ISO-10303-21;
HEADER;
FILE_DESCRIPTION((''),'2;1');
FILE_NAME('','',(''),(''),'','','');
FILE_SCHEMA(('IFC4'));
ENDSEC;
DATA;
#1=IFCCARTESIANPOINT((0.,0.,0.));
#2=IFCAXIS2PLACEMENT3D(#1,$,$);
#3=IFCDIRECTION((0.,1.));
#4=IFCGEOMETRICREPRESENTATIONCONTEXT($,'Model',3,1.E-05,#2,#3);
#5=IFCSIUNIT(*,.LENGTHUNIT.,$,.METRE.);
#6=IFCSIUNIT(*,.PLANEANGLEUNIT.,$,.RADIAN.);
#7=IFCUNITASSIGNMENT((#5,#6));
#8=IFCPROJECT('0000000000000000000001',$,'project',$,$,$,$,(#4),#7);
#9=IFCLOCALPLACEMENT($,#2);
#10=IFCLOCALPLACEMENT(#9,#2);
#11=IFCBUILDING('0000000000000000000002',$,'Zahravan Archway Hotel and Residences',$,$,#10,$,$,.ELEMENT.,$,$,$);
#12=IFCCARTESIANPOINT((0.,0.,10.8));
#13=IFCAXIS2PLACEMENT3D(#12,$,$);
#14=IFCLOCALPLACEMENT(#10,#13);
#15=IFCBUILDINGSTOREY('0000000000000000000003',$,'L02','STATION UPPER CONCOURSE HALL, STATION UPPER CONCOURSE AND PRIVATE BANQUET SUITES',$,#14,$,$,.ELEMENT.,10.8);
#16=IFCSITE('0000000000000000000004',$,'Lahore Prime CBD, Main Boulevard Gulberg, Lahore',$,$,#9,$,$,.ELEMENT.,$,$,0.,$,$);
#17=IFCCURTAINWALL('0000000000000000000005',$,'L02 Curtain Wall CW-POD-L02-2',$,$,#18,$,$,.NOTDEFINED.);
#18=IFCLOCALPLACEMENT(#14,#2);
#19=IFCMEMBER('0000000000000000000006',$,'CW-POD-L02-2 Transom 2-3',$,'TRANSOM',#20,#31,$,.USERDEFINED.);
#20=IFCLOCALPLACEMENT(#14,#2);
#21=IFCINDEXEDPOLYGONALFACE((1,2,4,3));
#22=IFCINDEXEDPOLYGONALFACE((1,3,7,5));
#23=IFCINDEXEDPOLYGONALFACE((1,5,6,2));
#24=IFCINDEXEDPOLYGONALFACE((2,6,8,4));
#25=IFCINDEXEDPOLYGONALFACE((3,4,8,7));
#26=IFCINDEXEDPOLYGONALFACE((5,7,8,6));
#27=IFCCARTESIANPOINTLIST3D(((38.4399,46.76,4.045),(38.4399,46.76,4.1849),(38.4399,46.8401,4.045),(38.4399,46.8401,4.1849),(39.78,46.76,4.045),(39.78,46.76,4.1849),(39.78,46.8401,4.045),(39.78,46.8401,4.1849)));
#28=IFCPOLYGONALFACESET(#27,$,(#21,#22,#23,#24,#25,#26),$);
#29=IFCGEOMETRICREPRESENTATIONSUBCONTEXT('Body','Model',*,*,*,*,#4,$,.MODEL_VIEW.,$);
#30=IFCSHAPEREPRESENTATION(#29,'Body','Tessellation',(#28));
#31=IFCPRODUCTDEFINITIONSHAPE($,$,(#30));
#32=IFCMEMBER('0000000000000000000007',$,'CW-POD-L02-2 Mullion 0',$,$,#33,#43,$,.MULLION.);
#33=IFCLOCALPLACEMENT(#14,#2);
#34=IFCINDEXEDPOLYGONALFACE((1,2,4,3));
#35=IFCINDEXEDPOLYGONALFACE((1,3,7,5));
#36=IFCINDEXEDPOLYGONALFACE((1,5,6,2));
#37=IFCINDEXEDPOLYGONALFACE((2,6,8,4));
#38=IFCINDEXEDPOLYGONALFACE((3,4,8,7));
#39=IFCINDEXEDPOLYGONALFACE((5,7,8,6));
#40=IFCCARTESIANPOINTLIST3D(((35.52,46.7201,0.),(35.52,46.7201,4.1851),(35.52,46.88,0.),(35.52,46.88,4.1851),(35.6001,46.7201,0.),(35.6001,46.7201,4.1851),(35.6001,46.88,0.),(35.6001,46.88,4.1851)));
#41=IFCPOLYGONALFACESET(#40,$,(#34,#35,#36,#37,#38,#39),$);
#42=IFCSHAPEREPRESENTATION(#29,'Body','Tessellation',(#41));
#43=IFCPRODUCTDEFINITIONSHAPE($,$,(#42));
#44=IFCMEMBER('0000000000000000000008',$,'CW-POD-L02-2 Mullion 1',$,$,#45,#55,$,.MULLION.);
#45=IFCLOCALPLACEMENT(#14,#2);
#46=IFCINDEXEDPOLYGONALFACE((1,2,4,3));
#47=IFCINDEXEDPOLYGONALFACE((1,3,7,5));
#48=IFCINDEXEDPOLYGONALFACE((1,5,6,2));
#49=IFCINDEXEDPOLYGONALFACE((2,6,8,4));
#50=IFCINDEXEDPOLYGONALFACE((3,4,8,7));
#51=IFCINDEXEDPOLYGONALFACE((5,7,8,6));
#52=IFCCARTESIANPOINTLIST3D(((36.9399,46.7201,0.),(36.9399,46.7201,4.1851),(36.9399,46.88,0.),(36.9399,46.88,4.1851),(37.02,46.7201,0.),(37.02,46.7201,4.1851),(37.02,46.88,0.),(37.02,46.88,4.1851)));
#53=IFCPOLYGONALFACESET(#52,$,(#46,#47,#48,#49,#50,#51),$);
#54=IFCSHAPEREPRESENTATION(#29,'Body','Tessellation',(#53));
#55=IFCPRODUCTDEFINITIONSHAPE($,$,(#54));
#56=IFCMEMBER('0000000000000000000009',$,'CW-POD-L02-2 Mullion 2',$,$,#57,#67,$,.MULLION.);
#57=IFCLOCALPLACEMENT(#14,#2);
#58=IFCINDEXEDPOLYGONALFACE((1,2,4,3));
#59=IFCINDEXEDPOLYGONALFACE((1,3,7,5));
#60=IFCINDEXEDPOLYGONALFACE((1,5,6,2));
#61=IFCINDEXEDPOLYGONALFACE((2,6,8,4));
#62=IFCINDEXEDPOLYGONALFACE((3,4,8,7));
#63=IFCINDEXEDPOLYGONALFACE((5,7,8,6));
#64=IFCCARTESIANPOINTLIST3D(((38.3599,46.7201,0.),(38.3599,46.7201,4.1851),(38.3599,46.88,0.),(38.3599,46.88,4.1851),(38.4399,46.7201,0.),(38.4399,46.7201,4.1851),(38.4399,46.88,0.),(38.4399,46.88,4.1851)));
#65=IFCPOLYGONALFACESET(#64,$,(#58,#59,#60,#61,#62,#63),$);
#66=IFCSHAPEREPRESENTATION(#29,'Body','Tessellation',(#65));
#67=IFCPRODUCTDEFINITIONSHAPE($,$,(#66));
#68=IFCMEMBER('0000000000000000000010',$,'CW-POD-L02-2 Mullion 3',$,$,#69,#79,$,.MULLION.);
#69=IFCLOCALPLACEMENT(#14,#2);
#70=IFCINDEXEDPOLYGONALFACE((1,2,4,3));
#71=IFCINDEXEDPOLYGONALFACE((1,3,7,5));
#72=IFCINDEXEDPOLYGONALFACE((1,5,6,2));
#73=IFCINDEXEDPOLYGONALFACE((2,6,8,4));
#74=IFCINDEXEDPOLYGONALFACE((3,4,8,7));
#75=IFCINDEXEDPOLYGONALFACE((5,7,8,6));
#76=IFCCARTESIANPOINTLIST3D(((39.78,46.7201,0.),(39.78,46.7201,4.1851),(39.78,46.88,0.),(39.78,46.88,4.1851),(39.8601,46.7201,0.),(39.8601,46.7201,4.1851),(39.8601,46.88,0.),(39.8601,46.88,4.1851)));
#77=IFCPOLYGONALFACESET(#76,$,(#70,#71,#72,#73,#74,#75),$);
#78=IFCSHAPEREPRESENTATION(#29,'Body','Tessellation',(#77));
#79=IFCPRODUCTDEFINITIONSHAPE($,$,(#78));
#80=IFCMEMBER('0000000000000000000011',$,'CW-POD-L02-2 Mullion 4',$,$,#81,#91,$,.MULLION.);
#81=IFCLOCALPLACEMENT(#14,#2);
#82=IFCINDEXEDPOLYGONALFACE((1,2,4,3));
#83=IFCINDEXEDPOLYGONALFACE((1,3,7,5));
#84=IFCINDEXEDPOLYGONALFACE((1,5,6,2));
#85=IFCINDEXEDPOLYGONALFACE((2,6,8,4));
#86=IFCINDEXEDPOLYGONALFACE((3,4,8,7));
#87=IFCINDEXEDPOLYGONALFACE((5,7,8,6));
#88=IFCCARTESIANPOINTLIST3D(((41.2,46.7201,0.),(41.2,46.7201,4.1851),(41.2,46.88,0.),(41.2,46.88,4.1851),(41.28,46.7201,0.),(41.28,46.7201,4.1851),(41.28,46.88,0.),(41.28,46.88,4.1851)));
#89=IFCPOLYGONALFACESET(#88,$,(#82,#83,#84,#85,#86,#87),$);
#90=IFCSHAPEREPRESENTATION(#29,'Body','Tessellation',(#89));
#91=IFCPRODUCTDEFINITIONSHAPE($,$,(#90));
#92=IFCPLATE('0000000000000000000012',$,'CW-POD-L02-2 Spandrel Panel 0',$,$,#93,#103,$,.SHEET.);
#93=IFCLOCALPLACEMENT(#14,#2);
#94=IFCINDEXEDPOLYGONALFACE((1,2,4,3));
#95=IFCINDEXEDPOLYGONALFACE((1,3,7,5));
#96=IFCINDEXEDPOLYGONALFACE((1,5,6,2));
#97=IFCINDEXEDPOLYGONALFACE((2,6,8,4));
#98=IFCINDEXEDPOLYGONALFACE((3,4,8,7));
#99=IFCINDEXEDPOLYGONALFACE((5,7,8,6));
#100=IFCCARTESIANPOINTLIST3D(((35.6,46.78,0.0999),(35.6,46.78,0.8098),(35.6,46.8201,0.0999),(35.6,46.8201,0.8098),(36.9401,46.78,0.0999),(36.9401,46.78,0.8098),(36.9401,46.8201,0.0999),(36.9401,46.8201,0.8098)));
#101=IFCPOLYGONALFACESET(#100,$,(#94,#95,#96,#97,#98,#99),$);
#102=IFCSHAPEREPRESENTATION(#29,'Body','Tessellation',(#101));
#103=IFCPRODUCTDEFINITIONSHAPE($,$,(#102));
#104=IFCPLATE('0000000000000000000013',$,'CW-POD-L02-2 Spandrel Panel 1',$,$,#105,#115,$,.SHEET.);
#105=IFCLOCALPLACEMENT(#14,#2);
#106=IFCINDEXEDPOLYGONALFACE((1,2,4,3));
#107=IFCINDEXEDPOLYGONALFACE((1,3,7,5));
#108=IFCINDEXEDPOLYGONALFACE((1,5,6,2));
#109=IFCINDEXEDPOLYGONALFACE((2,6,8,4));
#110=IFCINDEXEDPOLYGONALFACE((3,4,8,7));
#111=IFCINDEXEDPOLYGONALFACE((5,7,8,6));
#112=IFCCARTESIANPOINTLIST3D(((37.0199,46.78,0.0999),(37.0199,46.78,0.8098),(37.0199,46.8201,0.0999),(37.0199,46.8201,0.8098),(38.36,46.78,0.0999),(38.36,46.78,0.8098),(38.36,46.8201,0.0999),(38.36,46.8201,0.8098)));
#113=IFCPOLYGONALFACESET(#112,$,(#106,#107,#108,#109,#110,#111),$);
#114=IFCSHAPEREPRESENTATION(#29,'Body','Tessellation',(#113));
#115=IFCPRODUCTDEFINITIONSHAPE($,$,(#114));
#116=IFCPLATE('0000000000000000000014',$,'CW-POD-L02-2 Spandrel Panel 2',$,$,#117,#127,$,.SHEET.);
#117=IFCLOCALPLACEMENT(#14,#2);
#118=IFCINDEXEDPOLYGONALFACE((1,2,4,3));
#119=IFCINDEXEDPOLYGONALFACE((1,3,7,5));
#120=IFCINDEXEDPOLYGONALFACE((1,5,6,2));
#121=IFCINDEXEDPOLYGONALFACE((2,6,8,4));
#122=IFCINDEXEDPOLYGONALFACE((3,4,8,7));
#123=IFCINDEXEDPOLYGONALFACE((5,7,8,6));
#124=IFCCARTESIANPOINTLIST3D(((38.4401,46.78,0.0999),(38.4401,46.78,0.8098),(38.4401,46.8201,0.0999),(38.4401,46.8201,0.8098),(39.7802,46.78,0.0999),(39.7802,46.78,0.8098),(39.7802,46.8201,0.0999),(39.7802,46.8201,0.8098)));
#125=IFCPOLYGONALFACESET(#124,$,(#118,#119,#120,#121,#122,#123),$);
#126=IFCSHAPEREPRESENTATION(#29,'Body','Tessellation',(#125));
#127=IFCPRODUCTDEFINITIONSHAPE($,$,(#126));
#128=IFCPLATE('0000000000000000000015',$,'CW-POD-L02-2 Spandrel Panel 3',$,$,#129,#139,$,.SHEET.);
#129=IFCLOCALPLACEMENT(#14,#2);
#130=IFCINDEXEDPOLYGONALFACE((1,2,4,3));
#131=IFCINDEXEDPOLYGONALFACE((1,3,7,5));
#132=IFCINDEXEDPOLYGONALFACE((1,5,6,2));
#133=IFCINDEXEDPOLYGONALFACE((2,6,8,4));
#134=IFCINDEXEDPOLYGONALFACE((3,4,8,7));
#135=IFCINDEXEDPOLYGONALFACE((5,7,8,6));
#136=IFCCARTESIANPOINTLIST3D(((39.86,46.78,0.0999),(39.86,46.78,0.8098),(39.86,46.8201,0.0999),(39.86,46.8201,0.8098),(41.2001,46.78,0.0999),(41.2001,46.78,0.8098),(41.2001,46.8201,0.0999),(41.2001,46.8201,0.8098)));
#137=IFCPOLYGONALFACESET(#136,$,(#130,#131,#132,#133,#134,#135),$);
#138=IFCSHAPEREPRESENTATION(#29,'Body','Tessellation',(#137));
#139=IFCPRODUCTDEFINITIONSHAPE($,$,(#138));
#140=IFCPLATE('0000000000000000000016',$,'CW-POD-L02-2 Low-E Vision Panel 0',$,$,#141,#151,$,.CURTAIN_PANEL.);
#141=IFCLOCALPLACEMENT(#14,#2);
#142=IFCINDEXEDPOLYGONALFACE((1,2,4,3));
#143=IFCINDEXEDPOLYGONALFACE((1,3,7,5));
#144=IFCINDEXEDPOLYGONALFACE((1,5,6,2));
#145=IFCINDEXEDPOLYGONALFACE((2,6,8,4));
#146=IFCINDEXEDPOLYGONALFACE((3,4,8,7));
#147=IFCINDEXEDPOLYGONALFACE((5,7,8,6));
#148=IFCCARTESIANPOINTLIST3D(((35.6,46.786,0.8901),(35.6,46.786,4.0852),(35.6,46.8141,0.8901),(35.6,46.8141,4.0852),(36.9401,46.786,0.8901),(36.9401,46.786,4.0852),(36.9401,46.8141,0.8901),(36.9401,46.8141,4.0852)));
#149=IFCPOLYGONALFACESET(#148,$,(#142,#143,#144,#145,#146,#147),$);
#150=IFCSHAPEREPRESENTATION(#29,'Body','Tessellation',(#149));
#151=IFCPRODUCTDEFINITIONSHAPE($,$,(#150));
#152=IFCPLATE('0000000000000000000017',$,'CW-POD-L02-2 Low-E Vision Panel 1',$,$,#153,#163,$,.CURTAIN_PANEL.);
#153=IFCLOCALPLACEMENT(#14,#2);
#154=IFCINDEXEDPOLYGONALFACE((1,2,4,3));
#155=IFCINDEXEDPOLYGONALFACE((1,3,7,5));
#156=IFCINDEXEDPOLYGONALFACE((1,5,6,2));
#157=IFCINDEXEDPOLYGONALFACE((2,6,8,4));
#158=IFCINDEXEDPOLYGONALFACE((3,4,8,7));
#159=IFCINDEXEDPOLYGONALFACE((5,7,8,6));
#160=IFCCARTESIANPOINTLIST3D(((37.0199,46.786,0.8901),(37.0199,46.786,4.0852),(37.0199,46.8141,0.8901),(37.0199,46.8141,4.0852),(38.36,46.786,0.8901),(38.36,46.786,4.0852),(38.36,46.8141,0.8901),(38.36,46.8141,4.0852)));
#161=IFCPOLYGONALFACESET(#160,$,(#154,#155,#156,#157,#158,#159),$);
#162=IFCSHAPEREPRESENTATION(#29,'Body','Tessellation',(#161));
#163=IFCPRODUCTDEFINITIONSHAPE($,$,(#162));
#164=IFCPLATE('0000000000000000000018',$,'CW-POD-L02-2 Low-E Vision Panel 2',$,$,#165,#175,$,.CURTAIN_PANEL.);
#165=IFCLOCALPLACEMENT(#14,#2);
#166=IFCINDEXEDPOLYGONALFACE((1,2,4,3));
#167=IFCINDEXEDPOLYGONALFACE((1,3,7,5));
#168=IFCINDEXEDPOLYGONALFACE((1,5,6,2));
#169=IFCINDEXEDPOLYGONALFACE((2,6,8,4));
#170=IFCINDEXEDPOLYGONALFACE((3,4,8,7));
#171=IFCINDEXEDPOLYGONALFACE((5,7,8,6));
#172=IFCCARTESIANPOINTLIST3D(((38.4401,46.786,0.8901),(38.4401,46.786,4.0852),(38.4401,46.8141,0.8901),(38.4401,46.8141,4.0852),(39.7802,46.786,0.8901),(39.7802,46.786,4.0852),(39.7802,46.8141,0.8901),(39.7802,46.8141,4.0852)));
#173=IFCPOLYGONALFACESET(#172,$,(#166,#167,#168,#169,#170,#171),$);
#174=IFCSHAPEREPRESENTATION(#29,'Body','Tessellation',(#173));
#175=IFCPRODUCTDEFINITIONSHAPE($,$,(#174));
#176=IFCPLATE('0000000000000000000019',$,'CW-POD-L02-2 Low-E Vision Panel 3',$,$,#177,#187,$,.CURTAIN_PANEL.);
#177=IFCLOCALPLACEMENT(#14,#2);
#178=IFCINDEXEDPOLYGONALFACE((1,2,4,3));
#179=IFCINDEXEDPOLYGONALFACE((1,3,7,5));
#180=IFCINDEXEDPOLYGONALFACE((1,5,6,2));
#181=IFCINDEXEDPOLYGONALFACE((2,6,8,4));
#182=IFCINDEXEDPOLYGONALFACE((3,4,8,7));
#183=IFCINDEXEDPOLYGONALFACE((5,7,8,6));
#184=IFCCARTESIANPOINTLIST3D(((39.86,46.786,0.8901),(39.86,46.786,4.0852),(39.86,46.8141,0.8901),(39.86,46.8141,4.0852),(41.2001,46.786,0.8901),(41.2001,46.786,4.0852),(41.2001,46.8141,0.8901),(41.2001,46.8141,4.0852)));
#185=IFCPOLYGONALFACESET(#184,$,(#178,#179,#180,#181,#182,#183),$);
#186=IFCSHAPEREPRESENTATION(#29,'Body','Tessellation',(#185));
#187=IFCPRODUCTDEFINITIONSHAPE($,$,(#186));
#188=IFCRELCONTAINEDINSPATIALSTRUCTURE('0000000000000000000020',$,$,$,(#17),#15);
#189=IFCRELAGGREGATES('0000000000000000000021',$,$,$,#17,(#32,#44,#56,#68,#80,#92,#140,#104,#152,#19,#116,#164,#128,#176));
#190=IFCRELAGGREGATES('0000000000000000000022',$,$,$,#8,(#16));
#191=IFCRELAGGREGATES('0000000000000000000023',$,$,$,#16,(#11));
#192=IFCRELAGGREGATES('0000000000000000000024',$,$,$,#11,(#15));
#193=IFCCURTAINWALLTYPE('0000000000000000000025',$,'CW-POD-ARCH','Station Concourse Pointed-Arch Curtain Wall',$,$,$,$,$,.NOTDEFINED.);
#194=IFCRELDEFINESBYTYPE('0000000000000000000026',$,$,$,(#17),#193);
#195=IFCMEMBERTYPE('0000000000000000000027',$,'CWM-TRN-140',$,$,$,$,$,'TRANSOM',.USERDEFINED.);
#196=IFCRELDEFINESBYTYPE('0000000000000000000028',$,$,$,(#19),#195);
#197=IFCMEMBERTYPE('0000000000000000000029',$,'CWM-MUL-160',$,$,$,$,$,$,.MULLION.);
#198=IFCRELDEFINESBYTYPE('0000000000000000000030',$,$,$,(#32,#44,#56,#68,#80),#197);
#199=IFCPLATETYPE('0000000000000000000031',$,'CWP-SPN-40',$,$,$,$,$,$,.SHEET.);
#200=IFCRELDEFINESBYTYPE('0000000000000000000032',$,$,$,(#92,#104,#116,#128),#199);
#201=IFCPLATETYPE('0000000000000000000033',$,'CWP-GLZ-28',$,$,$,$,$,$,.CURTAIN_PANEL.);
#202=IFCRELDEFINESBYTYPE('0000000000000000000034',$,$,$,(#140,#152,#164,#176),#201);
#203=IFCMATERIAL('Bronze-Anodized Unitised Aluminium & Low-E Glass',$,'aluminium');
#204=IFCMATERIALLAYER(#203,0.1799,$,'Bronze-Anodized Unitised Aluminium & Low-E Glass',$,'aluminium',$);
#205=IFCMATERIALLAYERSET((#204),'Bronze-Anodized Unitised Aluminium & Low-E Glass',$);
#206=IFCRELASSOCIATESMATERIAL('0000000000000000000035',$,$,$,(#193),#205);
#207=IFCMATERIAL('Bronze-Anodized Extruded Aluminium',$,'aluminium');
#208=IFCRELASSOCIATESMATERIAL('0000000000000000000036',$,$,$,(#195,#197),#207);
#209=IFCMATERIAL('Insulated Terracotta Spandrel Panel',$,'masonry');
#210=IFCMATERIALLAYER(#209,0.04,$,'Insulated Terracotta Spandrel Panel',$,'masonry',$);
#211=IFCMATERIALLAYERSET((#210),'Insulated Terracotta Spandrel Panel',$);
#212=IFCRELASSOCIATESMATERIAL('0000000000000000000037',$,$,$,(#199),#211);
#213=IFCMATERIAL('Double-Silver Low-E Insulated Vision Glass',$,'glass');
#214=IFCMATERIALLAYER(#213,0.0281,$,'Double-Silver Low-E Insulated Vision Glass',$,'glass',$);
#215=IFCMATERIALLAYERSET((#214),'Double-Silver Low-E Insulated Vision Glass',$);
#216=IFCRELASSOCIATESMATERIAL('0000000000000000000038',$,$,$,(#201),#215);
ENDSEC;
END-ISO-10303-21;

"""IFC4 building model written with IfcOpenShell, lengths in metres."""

from ifc_helpers import new_model, si_unit, direction, frame, origin, origin_2d, place, context, subcontext, project, spatial, rectangle, extrude, source, transform, mapped, material, layer, layer_set, material_profile, profile_set, type_object, element, aggregate, save


model = new_model("IFC4")

# Units and contexts
model_context = context("Model", 3, precision=1e-05, world=origin(), true_north=direction((0.0, 1.0)))
body_context = subcontext(model_context, "Body", "Model", "MODEL_VIEW")
ifc_project = project(units=[si_unit("LENGTHUNIT", "METRE"), si_unit("PLANEANGLEUNIT", "RADIAN")], contexts=[model_context])

# Site, building, storey
site_placement = place(None, origin())
site = spatial("IfcSite", under=ifc_project, at=site_placement, Name="Lahore Prime CBD, Main Boulevard Gulberg, Lahore", CompositionType="ELEMENT", RefElevation=0.0)
building_placement = place(site_placement, origin())
building = spatial("IfcBuilding", under=site, at=building_placement, Name="Zahravan Archway Hotel and Residences", CompositionType="ELEMENT")
storey_placement = place(building_placement, frame((0.0, 0.0, 10.8)))
storey = spatial("IfcBuildingStorey", under=building, at=storey_placement, Name="L02", Description="STATION UPPER CONCOURSE HALL, STATION UPPER CONCOURSE AND PRIVATE BANQUET SUITES", CompositionType="ELEMENT", Elevation=10.8)

# Curtain wall, members, plates
ifc_material_1 = material(Name="Bronze-Anodized Unitised Aluminium & Low-E Glass", Category="aluminium")
ifc_layer_1 = layer(ifc_material_1, 0.1799, Name="Bronze-Anodized Unitised Aluminium & Low-E Glass", Category="aluminium")
ifc_layer_set_1 = layer_set([ifc_layer_1], Name="Bronze-Anodized Unitised Aluminium & Low-E Glass")
curtain_wall_type = type_object("IfcCurtainWallType", Name="CW-POD-ARCH", Description="Station Concourse Pointed-Arch Curtain Wall", PredefinedType="NOTDEFINED", material=ifc_layer_set_1)
curtain_wall_placement = place(storey_placement, origin())
curtain_wall = element("IfcCurtainWall", 1, at=curtain_wall_placement, inside=storey, type_object=curtain_wall_type, Name="L02 Curtain Wall CW-POD-L02-2", PredefinedType="NOTDEFINED")
ifc_material_2 = material(Name="Bronze-Anodized Extruded Aluminium", Category="aluminium")
ifc_material_profile_1 = material_profile(ifc_material_2, rectangle(XDim=0.0801, YDim=0.1399, at=origin_2d()), Name="TRN 80x140", Category="aluminium")
ifc_profile_set_1 = profile_set([ifc_material_profile_1], Name="Bronze-Anodized Extruded Aluminium")
member_type_1 = type_object("IfcMemberType", Name="CWM-TRN-140", ElementType="TRANSOM", PredefinedType="USERDEFINED", material=ifc_profile_set_1)
shared_shape_1 = source(origin(), body_context, "Body", "SweptSolid", [
    extrude(rectangle(XDim=0.0801, YDim=0.1399, at=origin_2d()), origin(), (0.0, 0.0, 1.0), 1.3401),
])
member_1_placement = place(storey_placement, frame((38.4399, 46.8, 4.115), z_axis=(1.0, 0.0, 0.0), x_axis=(0.0, 1.0, 0.0)))
member_1 = element("IfcMember", 2, at=member_1_placement, type_object=member_type_1, Name="CW-POD-L02-2 Transom 2-3", ObjectType="TRANSOM", PredefinedType="USERDEFINED", context=body_context, shape_type="MappedRepresentation", body=[
    mapped(shared_shape_1, transform((0.0, 0.0, 0.0), scale=1.0)),
])
ifc_material_profile_2 = material_profile(ifc_material_2, rectangle(XDim=0.0801, YDim=0.1599, at=origin_2d()), Name="MUL 80x160", Category="aluminium")
ifc_profile_set_2 = profile_set([ifc_material_profile_2], Name="Bronze-Anodized Extruded Aluminium")
member_type_2 = type_object("IfcMemberType", Name="CWM-MUL-160", PredefinedType="MULLION", material=ifc_profile_set_2)
shared_shape_2 = source(origin(), body_context, "Body", "SweptSolid", [
    extrude(rectangle(XDim=0.0801, YDim=0.1599, at=origin_2d()), origin(), (0.0, 0.0, 1.0), 4.1851),
])
member_2_placement = place(storey_placement, frame((35.5601, 46.8, 0.0), z_axis=(0.0, 0.0, 1.0), x_axis=(1.0, 0.0, 0.0)))
member_2 = element("IfcMember", 3, at=member_2_placement, type_object=member_type_2, Name="CW-POD-L02-2 Mullion 0", PredefinedType="MULLION", context=body_context, shape_type="MappedRepresentation", body=[
    mapped(shared_shape_2, transform((0.0, 0.0, 0.0), scale=1.0)),
])
member_3_placement = place(storey_placement, frame((36.98, 46.8, 0.0), z_axis=(0.0, 0.0, 1.0), x_axis=(1.0, 0.0, 0.0)))
member_3 = element("IfcMember", 4, at=member_3_placement, type_object=member_type_2, Name="CW-POD-L02-2 Mullion 1", PredefinedType="MULLION", context=body_context, shape_type="MappedRepresentation", body=[
    mapped(shared_shape_2, transform((0.0, 0.0, 0.0), scale=1.0)),
])
member_4_placement = place(storey_placement, frame((38.3999, 46.8, 0.0), z_axis=(0.0, 0.0, 1.0), x_axis=(1.0, 0.0, 0.0)))
member_4 = element("IfcMember", 5, at=member_4_placement, type_object=member_type_2, Name="CW-POD-L02-2 Mullion 2", PredefinedType="MULLION", context=body_context, shape_type="MappedRepresentation", body=[
    mapped(shared_shape_2, transform((0.0, 0.0, 0.0), scale=1.0)),
])
member_5_placement = place(storey_placement, frame((39.8201, 46.8, 0.0), z_axis=(0.0, 0.0, 1.0), x_axis=(1.0, 0.0, 0.0)))
member_5 = element("IfcMember", 6, at=member_5_placement, type_object=member_type_2, Name="CW-POD-L02-2 Mullion 3", PredefinedType="MULLION", context=body_context, shape_type="MappedRepresentation", body=[
    mapped(shared_shape_2, transform((0.0, 0.0, 0.0), scale=1.0)),
])
member_6_placement = place(storey_placement, frame((41.24, 46.8, 0.0), z_axis=(0.0, 0.0, 1.0), x_axis=(1.0, 0.0, 0.0)))
member_6 = element("IfcMember", 7, at=member_6_placement, type_object=member_type_2, Name="CW-POD-L02-2 Mullion 4", PredefinedType="MULLION", context=body_context, shape_type="MappedRepresentation", body=[
    mapped(shared_shape_2, transform((0.0, 0.0, 0.0), scale=1.0)),
])
ifc_material_3 = material(Name="Insulated Terracotta Spandrel Panel", Category="masonry")
ifc_layer_2 = layer(ifc_material_3, 0.04, Name="Insulated Terracotta Spandrel Panel", Category="masonry")
ifc_layer_set_2 = layer_set([ifc_layer_2], Name="Insulated Terracotta Spandrel Panel")
plate_type_1 = type_object("IfcPlateType", Name="CWP-SPN-40", PredefinedType="SHEET", material=ifc_layer_set_2)
shared_shape_3 = source(origin(), body_context, "Body", "SweptSolid", [
    extrude(rectangle(XDim=1.3401, YDim=0.04, at=origin_2d()), origin(), (0.0, 0.0, 1.0), 0.71),
])
plate_1_placement = place(storey_placement, frame((36.27, 46.8, 0.0999), z_axis=(0.0, 0.0, 1.0), x_axis=(1.0, 0.0, 0.0)))
plate_1 = element("IfcPlate", 8, at=plate_1_placement, type_object=plate_type_1, Name="CW-POD-L02-2 Spandrel Panel 0", PredefinedType="SHEET", context=body_context, shape_type="MappedRepresentation", body=[
    mapped(shared_shape_3, transform((0.0, 0.0, 0.0), scale=1.0)),
])
plate_2_placement = place(storey_placement, frame((37.6899, 46.8, 0.0999), z_axis=(0.0, 0.0, 1.0), x_axis=(1.0, 0.0, 0.0)))
plate_2 = element("IfcPlate", 9, at=plate_2_placement, type_object=plate_type_1, Name="CW-POD-L02-2 Spandrel Panel 1", PredefinedType="SHEET", context=body_context, shape_type="MappedRepresentation", body=[
    mapped(shared_shape_3, transform((0.0, 0.0, 0.0), scale=1.0)),
])
plate_3_placement = place(storey_placement, frame((39.1101, 46.8, 0.0999), z_axis=(0.0, 0.0, 1.0), x_axis=(1.0, 0.0, 0.0)))
plate_3 = element("IfcPlate", 10, at=plate_3_placement, type_object=plate_type_1, Name="CW-POD-L02-2 Spandrel Panel 2", PredefinedType="SHEET", context=body_context, shape_type="MappedRepresentation", body=[
    mapped(shared_shape_3, transform((0.0, 0.0, 0.0), scale=1.0)),
])
plate_4_placement = place(storey_placement, frame((40.53, 46.8, 0.0999), z_axis=(0.0, 0.0, 1.0), x_axis=(1.0, 0.0, 0.0)))
plate_4 = element("IfcPlate", 11, at=plate_4_placement, type_object=plate_type_1, Name="CW-POD-L02-2 Spandrel Panel 3", PredefinedType="SHEET", context=body_context, shape_type="MappedRepresentation", body=[
    mapped(shared_shape_3, transform((0.0, 0.0, 0.0), scale=1.0)),
])
ifc_material_4 = material(Name="Double-Silver Low-E Insulated Vision Glass", Category="glass")
ifc_layer_3 = layer(ifc_material_4, 0.0281, Name="Double-Silver Low-E Insulated Vision Glass", Category="glass")
ifc_layer_set_3 = layer_set([ifc_layer_3], Name="Double-Silver Low-E Insulated Vision Glass")
plate_type_2 = type_object("IfcPlateType", Name="CWP-GLZ-28", PredefinedType="CURTAIN_PANEL", material=ifc_layer_set_3)
shared_shape_4 = source(origin(), body_context, "Body", "SweptSolid", [
    extrude(rectangle(XDim=1.3401, YDim=0.0281, at=origin_2d()), origin(), (0.0, 0.0, 1.0), 3.1951),
])
plate_5_placement = place(storey_placement, frame((36.27, 46.8, 0.8901), z_axis=(0.0, 0.0, 1.0), x_axis=(1.0, 0.0, 0.0)))
plate_5 = element("IfcPlate", 12, at=plate_5_placement, type_object=plate_type_2, Name="CW-POD-L02-2 Low-E Vision Panel 0", PredefinedType="CURTAIN_PANEL", context=body_context, shape_type="MappedRepresentation", body=[
    mapped(shared_shape_4, transform((0.0, 0.0, 0.0), scale=1.0)),
])
plate_6_placement = place(storey_placement, frame((37.6899, 46.8, 0.8901), z_axis=(0.0, 0.0, 1.0), x_axis=(1.0, 0.0, 0.0)))
plate_6 = element("IfcPlate", 13, at=plate_6_placement, type_object=plate_type_2, Name="CW-POD-L02-2 Low-E Vision Panel 1", PredefinedType="CURTAIN_PANEL", context=body_context, shape_type="MappedRepresentation", body=[
    mapped(shared_shape_4, transform((0.0, 0.0, 0.0), scale=1.0)),
])
plate_7_placement = place(storey_placement, frame((39.1101, 46.8, 0.8901), z_axis=(0.0, 0.0, 1.0), x_axis=(1.0, 0.0, 0.0)))
plate_7 = element("IfcPlate", 14, at=plate_7_placement, type_object=plate_type_2, Name="CW-POD-L02-2 Low-E Vision Panel 2", PredefinedType="CURTAIN_PANEL", context=body_context, shape_type="MappedRepresentation", body=[
    mapped(shared_shape_4, transform((0.0, 0.0, 0.0), scale=1.0)),
])
plate_8_placement = place(storey_placement, frame((40.53, 46.8, 0.8901), z_axis=(0.0, 0.0, 1.0), x_axis=(1.0, 0.0, 0.0)))
plate_8 = element("IfcPlate", 15, at=plate_8_placement, type_object=plate_type_2, Name="CW-POD-L02-2 Low-E Vision Panel 3", PredefinedType="CURTAIN_PANEL", context=body_context, shape_type="MappedRepresentation", body=[
    mapped(shared_shape_4, transform((0.0, 0.0, 0.0), scale=1.0)),
])
aggregate(curtain_wall, [member_2, member_3, member_4, member_5, member_6, plate_1, plate_5, plate_2, plate_6, member_1, plate_3, plate_7, plate_4, plate_8])

save(model, "model.ifc")
